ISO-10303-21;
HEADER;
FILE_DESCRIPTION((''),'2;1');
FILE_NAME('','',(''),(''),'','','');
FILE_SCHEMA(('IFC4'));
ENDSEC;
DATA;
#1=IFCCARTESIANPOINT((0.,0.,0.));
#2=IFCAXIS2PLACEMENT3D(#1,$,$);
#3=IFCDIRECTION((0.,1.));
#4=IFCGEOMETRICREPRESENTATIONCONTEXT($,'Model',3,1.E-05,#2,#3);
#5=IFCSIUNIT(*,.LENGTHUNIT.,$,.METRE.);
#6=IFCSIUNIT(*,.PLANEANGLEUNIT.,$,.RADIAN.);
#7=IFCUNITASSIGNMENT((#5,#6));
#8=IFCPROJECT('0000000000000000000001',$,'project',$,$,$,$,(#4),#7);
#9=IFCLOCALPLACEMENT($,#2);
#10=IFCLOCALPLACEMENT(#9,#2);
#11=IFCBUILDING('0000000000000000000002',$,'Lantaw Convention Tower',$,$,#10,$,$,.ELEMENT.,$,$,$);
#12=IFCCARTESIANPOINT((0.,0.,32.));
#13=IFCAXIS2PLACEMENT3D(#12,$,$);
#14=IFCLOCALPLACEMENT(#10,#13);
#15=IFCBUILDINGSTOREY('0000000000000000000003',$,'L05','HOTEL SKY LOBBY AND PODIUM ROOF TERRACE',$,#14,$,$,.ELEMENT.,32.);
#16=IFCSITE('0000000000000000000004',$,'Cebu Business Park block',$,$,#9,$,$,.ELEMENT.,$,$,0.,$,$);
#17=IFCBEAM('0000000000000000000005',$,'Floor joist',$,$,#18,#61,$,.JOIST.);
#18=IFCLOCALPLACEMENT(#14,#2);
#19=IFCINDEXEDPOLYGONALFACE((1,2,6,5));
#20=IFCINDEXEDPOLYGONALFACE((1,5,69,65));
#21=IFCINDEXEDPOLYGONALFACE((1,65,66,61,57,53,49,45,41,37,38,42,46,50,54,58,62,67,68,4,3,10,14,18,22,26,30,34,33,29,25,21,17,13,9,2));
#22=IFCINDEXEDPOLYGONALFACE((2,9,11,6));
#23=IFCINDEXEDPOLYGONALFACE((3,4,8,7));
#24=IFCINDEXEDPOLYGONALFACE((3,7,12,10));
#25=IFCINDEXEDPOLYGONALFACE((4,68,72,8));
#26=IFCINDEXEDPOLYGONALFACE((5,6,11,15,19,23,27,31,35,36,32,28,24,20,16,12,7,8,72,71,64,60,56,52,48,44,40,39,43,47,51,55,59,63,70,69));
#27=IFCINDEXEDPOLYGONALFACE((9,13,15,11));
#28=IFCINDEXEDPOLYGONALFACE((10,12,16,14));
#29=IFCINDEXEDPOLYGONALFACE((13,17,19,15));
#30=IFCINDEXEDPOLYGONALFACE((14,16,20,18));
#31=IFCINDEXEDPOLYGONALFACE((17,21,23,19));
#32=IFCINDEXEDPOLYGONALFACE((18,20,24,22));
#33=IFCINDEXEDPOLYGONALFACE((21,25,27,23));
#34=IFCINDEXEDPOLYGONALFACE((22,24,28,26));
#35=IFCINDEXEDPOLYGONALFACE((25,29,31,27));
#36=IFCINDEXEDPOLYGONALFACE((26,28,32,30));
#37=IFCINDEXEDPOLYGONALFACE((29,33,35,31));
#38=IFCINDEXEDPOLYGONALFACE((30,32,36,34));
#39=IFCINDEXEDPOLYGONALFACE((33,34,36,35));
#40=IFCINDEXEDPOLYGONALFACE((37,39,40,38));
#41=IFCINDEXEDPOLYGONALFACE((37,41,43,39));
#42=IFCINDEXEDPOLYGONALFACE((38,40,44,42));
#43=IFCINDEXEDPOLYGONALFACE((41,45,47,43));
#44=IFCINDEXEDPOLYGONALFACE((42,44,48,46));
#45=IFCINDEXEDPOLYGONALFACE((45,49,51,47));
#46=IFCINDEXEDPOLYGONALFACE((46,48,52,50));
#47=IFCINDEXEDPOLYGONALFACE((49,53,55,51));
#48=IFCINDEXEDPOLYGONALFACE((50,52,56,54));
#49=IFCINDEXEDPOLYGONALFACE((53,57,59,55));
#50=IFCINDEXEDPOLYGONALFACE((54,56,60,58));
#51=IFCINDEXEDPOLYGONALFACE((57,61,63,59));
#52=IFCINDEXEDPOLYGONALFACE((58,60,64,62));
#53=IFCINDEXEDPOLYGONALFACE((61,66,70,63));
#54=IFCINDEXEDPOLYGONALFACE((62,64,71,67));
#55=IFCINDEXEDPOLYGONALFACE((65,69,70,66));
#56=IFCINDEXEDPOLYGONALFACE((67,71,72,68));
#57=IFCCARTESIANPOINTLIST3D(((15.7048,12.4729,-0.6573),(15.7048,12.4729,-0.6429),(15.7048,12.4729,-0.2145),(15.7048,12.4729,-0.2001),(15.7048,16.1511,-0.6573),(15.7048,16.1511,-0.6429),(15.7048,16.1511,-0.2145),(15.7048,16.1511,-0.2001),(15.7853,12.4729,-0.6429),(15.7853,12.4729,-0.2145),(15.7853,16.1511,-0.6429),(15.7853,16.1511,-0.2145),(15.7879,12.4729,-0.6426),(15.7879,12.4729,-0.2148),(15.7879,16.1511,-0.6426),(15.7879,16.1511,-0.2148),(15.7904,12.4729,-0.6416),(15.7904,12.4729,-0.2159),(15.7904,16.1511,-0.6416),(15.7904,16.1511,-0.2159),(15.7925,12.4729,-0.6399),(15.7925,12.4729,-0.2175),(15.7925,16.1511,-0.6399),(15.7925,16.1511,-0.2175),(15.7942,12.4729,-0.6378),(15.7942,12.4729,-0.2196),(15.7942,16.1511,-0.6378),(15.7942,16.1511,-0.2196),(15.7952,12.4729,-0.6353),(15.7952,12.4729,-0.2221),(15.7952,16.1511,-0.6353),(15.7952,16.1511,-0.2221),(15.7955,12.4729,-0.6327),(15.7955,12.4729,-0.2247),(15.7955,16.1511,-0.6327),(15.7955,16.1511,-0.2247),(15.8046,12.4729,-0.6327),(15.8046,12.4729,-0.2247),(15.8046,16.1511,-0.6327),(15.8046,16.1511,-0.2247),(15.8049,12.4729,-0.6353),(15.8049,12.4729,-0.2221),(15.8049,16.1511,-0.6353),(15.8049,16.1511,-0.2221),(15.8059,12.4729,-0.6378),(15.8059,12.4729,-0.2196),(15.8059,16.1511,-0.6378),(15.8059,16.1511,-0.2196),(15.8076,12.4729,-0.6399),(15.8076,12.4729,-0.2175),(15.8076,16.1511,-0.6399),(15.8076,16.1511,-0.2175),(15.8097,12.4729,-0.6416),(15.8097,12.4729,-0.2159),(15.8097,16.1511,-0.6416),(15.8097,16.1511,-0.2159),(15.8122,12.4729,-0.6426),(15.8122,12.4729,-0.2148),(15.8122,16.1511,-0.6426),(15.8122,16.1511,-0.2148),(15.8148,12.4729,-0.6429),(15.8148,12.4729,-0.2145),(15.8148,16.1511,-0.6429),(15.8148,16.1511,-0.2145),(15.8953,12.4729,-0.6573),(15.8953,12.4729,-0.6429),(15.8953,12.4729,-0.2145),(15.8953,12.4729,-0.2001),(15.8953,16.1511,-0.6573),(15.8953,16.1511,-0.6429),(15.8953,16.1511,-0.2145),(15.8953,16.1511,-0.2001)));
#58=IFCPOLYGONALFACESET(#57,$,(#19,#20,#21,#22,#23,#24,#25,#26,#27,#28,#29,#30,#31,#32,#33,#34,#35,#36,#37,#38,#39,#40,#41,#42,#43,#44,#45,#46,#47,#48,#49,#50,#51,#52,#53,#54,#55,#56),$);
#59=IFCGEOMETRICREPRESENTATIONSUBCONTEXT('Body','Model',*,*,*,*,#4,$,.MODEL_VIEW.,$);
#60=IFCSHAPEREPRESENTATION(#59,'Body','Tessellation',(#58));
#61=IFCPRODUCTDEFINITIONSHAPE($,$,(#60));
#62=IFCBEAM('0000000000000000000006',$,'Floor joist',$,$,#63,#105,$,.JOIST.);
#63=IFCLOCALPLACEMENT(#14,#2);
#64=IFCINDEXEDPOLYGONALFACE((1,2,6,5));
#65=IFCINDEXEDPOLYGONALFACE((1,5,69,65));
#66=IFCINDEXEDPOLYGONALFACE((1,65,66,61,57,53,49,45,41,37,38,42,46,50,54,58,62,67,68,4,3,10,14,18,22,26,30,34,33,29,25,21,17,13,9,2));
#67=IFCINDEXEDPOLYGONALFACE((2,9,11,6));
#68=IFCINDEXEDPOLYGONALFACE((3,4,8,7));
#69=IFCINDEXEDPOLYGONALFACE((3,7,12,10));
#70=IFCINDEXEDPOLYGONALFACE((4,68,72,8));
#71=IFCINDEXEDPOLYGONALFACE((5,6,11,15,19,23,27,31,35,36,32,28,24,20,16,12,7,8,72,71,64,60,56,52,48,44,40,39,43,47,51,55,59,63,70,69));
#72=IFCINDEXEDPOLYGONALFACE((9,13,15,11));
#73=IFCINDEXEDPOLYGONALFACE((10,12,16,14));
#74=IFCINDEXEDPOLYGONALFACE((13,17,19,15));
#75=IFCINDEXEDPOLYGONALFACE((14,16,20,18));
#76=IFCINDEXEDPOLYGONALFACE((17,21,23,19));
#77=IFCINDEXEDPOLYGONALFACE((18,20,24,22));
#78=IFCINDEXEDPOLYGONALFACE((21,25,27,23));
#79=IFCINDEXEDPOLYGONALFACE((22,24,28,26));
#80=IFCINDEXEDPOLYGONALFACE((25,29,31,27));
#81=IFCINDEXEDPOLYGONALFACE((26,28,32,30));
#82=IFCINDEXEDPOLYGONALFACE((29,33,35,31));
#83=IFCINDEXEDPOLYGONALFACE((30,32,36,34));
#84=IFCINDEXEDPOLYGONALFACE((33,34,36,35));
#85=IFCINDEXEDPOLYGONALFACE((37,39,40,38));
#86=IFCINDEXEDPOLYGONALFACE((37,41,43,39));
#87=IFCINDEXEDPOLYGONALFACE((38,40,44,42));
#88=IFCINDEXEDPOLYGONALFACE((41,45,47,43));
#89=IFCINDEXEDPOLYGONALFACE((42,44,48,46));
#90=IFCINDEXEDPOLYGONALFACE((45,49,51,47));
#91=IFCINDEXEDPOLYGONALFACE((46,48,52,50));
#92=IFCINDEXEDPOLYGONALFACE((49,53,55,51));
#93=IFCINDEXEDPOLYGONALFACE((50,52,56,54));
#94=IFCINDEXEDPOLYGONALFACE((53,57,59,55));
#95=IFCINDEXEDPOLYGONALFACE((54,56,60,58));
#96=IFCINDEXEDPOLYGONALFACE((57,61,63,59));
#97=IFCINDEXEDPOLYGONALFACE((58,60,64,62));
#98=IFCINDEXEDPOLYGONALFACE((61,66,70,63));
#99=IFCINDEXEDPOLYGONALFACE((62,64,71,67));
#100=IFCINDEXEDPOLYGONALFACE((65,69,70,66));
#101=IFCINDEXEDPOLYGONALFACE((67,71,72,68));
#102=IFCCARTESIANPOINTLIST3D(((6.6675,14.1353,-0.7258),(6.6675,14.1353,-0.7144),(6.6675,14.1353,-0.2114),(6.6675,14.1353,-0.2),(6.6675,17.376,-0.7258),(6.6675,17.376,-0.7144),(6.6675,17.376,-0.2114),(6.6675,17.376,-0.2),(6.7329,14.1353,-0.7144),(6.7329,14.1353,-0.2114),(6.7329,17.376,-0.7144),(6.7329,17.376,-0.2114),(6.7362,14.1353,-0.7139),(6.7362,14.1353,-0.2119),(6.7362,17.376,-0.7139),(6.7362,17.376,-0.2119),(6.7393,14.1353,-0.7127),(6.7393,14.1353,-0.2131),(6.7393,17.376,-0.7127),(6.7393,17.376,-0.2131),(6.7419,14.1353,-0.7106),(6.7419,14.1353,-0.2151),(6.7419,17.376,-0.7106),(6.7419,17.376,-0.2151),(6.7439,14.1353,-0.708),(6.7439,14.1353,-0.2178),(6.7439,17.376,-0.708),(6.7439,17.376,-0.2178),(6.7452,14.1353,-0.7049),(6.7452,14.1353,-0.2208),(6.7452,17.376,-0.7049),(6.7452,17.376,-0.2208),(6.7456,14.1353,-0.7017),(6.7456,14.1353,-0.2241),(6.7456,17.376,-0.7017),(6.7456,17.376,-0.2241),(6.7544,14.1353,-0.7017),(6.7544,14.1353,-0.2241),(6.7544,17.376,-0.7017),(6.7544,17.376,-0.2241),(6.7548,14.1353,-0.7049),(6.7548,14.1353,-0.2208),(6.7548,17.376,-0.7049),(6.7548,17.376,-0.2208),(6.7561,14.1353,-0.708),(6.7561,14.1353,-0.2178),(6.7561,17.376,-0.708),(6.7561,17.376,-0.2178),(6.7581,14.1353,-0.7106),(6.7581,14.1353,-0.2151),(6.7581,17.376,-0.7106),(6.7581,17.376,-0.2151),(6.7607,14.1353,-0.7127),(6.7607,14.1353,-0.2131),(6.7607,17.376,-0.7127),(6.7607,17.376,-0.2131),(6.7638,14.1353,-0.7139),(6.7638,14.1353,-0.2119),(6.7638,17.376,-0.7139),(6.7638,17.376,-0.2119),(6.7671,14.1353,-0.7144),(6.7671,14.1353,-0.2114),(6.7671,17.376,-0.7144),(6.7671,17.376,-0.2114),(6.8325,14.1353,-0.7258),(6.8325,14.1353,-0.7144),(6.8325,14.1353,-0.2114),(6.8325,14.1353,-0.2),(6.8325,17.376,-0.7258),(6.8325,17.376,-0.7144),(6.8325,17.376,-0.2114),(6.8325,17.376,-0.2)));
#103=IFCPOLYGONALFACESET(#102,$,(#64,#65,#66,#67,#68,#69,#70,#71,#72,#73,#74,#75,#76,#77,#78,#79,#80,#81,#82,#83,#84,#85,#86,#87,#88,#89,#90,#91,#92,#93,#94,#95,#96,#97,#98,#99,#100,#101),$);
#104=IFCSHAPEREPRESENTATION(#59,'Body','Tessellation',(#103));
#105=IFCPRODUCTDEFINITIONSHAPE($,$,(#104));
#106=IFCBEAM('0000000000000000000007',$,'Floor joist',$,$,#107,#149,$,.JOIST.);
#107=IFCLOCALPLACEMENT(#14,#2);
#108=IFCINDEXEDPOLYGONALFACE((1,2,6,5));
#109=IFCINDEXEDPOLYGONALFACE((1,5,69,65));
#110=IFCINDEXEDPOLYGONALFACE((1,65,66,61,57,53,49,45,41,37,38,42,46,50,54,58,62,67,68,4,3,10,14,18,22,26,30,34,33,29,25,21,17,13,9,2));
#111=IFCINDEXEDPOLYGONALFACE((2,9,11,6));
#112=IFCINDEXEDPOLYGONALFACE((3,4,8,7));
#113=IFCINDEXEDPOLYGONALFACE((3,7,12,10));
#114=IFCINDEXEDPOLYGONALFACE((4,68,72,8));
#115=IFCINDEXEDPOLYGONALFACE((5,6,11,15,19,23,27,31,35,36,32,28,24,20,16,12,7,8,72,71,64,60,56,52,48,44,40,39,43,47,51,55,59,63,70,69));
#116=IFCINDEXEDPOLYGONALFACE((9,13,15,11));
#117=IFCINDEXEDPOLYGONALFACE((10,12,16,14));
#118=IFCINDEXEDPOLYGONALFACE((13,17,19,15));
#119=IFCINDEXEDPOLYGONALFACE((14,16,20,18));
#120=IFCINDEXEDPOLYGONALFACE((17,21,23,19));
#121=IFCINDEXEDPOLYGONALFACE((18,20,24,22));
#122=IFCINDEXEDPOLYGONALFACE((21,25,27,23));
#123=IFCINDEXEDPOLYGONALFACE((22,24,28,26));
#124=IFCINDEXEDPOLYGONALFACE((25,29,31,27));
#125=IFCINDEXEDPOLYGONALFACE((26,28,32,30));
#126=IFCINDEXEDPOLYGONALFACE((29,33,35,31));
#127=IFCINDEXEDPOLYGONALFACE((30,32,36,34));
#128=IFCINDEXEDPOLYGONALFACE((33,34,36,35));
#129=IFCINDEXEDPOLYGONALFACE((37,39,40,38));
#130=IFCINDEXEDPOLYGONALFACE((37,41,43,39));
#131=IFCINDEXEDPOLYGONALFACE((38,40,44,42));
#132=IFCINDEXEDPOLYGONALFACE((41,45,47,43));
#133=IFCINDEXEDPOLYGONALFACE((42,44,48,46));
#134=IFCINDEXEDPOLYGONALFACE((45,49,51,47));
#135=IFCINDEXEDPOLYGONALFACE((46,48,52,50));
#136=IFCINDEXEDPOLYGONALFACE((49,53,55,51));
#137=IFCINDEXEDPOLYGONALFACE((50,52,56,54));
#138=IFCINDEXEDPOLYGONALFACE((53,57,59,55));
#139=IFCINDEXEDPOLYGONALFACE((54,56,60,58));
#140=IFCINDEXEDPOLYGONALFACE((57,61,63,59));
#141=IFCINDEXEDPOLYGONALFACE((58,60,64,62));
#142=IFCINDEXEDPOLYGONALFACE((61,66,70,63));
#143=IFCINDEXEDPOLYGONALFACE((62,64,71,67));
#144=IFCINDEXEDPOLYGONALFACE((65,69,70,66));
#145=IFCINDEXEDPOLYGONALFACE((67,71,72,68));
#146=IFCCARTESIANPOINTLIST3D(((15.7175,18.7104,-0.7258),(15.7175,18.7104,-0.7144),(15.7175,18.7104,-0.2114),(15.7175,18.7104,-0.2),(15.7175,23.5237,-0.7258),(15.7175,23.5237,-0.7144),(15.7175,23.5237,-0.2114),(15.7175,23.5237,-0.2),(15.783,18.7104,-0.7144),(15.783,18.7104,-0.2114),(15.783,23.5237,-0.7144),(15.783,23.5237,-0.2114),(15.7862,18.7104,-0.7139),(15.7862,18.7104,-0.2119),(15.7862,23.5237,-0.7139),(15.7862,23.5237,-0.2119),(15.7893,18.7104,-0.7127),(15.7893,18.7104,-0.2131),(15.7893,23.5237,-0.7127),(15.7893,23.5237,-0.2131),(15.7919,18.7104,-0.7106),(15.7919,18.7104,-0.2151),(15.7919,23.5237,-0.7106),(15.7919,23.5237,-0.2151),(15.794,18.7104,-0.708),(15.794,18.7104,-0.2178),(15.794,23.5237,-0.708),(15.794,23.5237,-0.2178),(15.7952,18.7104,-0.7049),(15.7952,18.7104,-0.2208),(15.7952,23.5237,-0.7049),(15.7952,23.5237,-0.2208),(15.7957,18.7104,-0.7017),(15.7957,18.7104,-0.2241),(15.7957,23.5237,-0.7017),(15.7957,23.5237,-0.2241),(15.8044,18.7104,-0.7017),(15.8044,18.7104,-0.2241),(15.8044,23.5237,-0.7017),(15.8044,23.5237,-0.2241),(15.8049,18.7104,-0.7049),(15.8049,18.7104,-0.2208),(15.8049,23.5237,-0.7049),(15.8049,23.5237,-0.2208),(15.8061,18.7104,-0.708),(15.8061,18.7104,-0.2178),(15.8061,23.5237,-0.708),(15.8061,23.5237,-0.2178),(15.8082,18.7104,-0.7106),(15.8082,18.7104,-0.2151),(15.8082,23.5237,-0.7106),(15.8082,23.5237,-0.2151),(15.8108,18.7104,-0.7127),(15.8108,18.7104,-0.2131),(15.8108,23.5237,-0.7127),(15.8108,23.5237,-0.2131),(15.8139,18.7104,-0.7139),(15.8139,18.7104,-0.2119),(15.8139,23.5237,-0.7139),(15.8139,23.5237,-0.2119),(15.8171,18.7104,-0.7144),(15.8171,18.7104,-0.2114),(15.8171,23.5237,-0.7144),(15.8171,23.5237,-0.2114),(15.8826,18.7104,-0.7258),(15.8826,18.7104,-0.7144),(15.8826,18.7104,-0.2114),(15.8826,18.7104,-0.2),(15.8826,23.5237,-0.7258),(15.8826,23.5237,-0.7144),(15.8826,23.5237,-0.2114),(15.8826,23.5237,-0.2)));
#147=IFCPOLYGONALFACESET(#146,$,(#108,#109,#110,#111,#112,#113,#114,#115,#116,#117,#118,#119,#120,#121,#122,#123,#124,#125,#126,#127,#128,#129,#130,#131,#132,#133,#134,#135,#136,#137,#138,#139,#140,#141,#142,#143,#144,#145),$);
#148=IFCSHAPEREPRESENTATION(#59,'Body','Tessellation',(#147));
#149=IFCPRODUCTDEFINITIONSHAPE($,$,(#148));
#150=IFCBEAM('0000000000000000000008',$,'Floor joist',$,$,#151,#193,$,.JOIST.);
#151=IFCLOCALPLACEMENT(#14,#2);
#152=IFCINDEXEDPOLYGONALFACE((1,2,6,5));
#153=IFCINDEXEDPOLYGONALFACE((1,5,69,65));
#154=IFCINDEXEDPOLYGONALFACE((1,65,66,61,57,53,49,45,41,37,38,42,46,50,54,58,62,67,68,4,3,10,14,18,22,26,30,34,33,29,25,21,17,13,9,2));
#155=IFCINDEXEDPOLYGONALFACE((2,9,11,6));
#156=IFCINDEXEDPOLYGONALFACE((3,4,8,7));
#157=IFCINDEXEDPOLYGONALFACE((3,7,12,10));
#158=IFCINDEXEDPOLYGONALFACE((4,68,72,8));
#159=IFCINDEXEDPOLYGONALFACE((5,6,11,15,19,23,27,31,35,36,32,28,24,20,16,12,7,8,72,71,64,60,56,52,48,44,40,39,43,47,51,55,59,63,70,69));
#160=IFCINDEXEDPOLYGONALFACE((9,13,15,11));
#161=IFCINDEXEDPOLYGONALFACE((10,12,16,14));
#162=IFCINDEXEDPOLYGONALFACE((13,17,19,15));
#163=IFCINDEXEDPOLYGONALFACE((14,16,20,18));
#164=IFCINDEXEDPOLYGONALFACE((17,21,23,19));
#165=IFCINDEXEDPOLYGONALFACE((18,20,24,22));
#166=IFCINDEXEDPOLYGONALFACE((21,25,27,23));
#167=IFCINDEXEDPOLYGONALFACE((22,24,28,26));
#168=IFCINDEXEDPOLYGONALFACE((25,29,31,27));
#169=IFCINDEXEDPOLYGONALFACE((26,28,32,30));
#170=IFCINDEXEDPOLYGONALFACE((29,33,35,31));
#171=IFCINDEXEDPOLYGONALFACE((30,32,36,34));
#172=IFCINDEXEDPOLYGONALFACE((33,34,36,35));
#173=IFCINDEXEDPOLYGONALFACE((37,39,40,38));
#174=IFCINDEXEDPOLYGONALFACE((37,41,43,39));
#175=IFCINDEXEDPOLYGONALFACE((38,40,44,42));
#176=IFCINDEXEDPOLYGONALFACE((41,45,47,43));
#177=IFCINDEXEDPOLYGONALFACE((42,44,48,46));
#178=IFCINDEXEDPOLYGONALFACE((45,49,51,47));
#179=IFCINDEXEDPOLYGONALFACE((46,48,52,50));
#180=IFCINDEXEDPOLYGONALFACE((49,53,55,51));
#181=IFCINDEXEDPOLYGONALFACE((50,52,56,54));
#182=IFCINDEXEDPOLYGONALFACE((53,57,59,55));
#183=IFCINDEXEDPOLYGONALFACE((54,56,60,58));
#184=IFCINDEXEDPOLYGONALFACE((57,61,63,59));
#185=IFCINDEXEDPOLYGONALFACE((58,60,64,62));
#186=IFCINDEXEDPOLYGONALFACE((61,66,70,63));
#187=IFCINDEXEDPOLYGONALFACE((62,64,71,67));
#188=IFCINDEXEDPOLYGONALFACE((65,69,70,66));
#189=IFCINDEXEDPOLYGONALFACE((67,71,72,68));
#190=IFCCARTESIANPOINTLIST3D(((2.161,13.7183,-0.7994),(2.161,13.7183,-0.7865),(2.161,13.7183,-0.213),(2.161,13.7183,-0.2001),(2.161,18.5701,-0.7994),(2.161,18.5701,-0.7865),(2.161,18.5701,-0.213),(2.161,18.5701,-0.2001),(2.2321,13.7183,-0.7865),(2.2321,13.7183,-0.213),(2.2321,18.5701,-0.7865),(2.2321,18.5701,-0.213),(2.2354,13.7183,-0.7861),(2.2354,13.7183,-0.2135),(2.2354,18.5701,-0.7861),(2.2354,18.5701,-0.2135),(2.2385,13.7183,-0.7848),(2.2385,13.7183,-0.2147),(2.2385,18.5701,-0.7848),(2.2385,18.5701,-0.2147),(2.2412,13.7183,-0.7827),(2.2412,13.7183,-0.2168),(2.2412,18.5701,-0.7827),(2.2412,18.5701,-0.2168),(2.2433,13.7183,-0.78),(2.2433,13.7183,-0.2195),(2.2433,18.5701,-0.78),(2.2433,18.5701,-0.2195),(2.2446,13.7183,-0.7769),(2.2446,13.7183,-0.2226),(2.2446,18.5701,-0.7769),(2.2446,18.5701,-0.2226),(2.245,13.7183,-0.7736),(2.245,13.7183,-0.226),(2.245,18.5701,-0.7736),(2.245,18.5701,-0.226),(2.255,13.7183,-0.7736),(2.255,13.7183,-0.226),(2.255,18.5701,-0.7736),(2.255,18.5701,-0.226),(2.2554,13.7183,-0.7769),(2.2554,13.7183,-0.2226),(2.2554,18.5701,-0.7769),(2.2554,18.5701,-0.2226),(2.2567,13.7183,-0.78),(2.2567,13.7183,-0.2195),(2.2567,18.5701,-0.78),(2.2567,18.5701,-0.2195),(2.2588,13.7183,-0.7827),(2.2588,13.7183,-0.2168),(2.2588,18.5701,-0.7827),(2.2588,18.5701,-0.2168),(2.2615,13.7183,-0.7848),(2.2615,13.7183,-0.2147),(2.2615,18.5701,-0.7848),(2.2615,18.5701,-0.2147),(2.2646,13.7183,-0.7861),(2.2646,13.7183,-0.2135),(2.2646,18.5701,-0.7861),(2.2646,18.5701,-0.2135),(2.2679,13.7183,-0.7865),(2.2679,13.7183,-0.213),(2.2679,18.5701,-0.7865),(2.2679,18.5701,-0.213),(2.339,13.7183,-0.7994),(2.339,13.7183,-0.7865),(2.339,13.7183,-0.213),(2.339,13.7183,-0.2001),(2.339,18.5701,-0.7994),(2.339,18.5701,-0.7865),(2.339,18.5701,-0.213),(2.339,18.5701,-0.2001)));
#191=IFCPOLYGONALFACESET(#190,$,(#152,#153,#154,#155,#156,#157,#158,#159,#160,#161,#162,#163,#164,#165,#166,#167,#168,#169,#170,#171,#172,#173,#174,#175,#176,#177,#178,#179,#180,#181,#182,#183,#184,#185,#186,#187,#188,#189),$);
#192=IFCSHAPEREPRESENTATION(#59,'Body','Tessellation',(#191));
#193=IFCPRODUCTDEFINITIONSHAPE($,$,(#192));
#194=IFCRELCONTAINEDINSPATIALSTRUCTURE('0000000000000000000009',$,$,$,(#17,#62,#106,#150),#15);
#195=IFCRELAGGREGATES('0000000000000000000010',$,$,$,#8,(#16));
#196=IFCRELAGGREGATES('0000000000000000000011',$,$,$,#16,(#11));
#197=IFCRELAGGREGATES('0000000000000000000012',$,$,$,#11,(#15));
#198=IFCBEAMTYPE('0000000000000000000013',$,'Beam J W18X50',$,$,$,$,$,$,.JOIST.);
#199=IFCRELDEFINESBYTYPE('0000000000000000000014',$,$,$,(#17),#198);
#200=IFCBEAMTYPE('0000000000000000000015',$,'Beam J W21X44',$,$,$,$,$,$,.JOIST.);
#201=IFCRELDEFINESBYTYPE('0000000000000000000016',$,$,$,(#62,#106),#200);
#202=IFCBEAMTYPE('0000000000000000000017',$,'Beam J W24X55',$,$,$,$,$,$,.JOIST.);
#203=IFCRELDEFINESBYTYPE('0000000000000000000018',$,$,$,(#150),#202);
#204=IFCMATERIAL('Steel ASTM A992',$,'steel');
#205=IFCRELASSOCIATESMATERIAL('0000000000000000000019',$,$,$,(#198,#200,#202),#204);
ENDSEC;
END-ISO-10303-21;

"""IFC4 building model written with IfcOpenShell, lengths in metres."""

from ifc_helpers import new_model, si_unit, direction, frame, origin, origin_2d, place, context, subcontext, project, spatial, i_section, extrude, material, material_profile, profile_set, type_object, element, save


model = new_model("IFC4")

# Units and contexts
model_context = context("Model", 3, precision=1e-05, world=origin(), true_north=direction((0.0, 1.0)))
body_context = subcontext(model_context, "Body", "Model", "MODEL_VIEW")
ifc_project = project(units=[si_unit("LENGTHUNIT", "METRE"), si_unit("PLANEANGLEUNIT", "RADIAN")], contexts=[model_context])

# Site, building, storey
site_placement = place(None, origin())
site = spatial("IfcSite", under=ifc_project, at=site_placement, Name="Cebu Business Park block", CompositionType="ELEMENT", RefElevation=0.0)
building_placement = place(site_placement, origin())
building = spatial("IfcBuilding", under=site, at=building_placement, Name="Lantaw Convention Tower", CompositionType="ELEMENT")
storey_placement = place(building_placement, frame((0.0, 0.0, 32.0)))
storey = spatial("IfcBuildingStorey", under=building, at=storey_placement, Name="L05", Description="HOTEL SKY LOBBY AND PODIUM ROOF TERRACE", CompositionType="ELEMENT", Elevation=32.0)

# Beams
ifc_material_1 = material(Name="Steel ASTM A992", Category="steel")
ifc_material_profile_1 = material_profile(ifc_material_1, i_section(OverallWidth=0.1904, OverallDepth=0.4573, WebThickness=0.009, FlangeThickness=0.0144, FilletRadius=0.0103, at=origin_2d()), Name="W18X50")
ifc_profile_set_1 = profile_set([ifc_material_profile_1], Name="Steel ASTM A992")
beam_type_1 = type_object("IfcBeamType", Name="Beam J W18X50", PredefinedType="JOIST", material=ifc_profile_set_1)
beam_1_placement = place(storey_placement, frame((15.8, 12.4729, -0.4287), z_axis=(0.0, 1.0, 0.0), x_axis=(-1.0, 0.0, 0.0)))
element("IfcBeam", 1, at=beam_1_placement, inside=storey, type_object=beam_type_1, Name="Floor joist", PredefinedType="JOIST", context=body_context, shape_type="SweptSolid", body=[
    extrude(i_section(OverallWidth=0.1904, OverallDepth=0.4573, WebThickness=0.009, FlangeThickness=0.0144, FilletRadius=0.0103, at=origin_2d()), origin(), (0.0, 0.0, 1.0), 3.6782),
])
ifc_material_profile_2 = material_profile(ifc_material_1, i_section(OverallWidth=0.165, OverallDepth=0.5259, WebThickness=0.0088, FlangeThickness=0.0115, FilletRadius=0.0127, at=origin_2d()), Name="W21X44")
ifc_profile_set_2 = profile_set([ifc_material_profile_2], Name="Steel ASTM A992")
beam_type_2 = type_object("IfcBeamType", Name="Beam J W21X44", PredefinedType="JOIST", material=ifc_profile_set_2)
beam_2_placement = place(storey_placement, frame((6.75, 14.1353, -0.4629), z_axis=(0.0, 1.0, 0.0), x_axis=(-1.0, 0.0, 0.0)))
element("IfcBeam", 2, at=beam_2_placement, inside=storey, type_object=beam_type_2, Name="Floor joist", PredefinedType="JOIST", context=body_context, shape_type="SweptSolid", body=[
    extrude(i_section(OverallWidth=0.165, OverallDepth=0.5259, WebThickness=0.0088, FlangeThickness=0.0115, FilletRadius=0.0127, at=origin_2d()), origin(), (0.0, 0.0, 1.0), 3.2407),
])
beam_3_placement = place(storey_placement, frame((15.8, 18.7104, -0.4629), z_axis=(0.0, 1.0, 0.0), x_axis=(-1.0, 0.0, 0.0)))
element("IfcBeam", 3, at=beam_3_placement, inside=storey, type_object=beam_type_2, Name="Floor joist", PredefinedType="JOIST", context=body_context, shape_type="SweptSolid", body=[
    extrude(i_section(OverallWidth=0.165, OverallDepth=0.5259, WebThickness=0.0088, FlangeThickness=0.0115, FilletRadius=0.0127, at=origin_2d()), origin(), (0.0, 0.0, 1.0), 4.8132),
])
ifc_material_profile_3 = material_profile(ifc_material_1, i_section(OverallWidth=0.178, OverallDepth=0.5994, WebThickness=0.01, FlangeThickness=0.0129, FilletRadius=0.0129, at=origin_2d()), Name="W24X55")
ifc_profile_set_3 = profile_set([ifc_material_profile_3], Name="Steel ASTM A992")
beam_type_3 = type_object("IfcBeamType", Name="Beam J W24X55", PredefinedType="JOIST", material=ifc_profile_set_3)
beam_4_placement = place(storey_placement, frame((2.25, 13.7183, -0.4998), z_axis=(0.0, 1.0, 0.0), x_axis=(-1.0, 0.0, 0.0)))
element("IfcBeam", 4, at=beam_4_placement, inside=storey, type_object=beam_type_3, Name="Floor joist", PredefinedType="JOIST", context=body_context, shape_type="SweptSolid", body=[
    extrude(i_section(OverallWidth=0.178, OverallDepth=0.5994, WebThickness=0.01, FlangeThickness=0.0129, FilletRadius=0.0129, at=origin_2d()), origin(), (0.0, 0.0, 1.0), 4.8518),
])

save(model, "model.ifc")
